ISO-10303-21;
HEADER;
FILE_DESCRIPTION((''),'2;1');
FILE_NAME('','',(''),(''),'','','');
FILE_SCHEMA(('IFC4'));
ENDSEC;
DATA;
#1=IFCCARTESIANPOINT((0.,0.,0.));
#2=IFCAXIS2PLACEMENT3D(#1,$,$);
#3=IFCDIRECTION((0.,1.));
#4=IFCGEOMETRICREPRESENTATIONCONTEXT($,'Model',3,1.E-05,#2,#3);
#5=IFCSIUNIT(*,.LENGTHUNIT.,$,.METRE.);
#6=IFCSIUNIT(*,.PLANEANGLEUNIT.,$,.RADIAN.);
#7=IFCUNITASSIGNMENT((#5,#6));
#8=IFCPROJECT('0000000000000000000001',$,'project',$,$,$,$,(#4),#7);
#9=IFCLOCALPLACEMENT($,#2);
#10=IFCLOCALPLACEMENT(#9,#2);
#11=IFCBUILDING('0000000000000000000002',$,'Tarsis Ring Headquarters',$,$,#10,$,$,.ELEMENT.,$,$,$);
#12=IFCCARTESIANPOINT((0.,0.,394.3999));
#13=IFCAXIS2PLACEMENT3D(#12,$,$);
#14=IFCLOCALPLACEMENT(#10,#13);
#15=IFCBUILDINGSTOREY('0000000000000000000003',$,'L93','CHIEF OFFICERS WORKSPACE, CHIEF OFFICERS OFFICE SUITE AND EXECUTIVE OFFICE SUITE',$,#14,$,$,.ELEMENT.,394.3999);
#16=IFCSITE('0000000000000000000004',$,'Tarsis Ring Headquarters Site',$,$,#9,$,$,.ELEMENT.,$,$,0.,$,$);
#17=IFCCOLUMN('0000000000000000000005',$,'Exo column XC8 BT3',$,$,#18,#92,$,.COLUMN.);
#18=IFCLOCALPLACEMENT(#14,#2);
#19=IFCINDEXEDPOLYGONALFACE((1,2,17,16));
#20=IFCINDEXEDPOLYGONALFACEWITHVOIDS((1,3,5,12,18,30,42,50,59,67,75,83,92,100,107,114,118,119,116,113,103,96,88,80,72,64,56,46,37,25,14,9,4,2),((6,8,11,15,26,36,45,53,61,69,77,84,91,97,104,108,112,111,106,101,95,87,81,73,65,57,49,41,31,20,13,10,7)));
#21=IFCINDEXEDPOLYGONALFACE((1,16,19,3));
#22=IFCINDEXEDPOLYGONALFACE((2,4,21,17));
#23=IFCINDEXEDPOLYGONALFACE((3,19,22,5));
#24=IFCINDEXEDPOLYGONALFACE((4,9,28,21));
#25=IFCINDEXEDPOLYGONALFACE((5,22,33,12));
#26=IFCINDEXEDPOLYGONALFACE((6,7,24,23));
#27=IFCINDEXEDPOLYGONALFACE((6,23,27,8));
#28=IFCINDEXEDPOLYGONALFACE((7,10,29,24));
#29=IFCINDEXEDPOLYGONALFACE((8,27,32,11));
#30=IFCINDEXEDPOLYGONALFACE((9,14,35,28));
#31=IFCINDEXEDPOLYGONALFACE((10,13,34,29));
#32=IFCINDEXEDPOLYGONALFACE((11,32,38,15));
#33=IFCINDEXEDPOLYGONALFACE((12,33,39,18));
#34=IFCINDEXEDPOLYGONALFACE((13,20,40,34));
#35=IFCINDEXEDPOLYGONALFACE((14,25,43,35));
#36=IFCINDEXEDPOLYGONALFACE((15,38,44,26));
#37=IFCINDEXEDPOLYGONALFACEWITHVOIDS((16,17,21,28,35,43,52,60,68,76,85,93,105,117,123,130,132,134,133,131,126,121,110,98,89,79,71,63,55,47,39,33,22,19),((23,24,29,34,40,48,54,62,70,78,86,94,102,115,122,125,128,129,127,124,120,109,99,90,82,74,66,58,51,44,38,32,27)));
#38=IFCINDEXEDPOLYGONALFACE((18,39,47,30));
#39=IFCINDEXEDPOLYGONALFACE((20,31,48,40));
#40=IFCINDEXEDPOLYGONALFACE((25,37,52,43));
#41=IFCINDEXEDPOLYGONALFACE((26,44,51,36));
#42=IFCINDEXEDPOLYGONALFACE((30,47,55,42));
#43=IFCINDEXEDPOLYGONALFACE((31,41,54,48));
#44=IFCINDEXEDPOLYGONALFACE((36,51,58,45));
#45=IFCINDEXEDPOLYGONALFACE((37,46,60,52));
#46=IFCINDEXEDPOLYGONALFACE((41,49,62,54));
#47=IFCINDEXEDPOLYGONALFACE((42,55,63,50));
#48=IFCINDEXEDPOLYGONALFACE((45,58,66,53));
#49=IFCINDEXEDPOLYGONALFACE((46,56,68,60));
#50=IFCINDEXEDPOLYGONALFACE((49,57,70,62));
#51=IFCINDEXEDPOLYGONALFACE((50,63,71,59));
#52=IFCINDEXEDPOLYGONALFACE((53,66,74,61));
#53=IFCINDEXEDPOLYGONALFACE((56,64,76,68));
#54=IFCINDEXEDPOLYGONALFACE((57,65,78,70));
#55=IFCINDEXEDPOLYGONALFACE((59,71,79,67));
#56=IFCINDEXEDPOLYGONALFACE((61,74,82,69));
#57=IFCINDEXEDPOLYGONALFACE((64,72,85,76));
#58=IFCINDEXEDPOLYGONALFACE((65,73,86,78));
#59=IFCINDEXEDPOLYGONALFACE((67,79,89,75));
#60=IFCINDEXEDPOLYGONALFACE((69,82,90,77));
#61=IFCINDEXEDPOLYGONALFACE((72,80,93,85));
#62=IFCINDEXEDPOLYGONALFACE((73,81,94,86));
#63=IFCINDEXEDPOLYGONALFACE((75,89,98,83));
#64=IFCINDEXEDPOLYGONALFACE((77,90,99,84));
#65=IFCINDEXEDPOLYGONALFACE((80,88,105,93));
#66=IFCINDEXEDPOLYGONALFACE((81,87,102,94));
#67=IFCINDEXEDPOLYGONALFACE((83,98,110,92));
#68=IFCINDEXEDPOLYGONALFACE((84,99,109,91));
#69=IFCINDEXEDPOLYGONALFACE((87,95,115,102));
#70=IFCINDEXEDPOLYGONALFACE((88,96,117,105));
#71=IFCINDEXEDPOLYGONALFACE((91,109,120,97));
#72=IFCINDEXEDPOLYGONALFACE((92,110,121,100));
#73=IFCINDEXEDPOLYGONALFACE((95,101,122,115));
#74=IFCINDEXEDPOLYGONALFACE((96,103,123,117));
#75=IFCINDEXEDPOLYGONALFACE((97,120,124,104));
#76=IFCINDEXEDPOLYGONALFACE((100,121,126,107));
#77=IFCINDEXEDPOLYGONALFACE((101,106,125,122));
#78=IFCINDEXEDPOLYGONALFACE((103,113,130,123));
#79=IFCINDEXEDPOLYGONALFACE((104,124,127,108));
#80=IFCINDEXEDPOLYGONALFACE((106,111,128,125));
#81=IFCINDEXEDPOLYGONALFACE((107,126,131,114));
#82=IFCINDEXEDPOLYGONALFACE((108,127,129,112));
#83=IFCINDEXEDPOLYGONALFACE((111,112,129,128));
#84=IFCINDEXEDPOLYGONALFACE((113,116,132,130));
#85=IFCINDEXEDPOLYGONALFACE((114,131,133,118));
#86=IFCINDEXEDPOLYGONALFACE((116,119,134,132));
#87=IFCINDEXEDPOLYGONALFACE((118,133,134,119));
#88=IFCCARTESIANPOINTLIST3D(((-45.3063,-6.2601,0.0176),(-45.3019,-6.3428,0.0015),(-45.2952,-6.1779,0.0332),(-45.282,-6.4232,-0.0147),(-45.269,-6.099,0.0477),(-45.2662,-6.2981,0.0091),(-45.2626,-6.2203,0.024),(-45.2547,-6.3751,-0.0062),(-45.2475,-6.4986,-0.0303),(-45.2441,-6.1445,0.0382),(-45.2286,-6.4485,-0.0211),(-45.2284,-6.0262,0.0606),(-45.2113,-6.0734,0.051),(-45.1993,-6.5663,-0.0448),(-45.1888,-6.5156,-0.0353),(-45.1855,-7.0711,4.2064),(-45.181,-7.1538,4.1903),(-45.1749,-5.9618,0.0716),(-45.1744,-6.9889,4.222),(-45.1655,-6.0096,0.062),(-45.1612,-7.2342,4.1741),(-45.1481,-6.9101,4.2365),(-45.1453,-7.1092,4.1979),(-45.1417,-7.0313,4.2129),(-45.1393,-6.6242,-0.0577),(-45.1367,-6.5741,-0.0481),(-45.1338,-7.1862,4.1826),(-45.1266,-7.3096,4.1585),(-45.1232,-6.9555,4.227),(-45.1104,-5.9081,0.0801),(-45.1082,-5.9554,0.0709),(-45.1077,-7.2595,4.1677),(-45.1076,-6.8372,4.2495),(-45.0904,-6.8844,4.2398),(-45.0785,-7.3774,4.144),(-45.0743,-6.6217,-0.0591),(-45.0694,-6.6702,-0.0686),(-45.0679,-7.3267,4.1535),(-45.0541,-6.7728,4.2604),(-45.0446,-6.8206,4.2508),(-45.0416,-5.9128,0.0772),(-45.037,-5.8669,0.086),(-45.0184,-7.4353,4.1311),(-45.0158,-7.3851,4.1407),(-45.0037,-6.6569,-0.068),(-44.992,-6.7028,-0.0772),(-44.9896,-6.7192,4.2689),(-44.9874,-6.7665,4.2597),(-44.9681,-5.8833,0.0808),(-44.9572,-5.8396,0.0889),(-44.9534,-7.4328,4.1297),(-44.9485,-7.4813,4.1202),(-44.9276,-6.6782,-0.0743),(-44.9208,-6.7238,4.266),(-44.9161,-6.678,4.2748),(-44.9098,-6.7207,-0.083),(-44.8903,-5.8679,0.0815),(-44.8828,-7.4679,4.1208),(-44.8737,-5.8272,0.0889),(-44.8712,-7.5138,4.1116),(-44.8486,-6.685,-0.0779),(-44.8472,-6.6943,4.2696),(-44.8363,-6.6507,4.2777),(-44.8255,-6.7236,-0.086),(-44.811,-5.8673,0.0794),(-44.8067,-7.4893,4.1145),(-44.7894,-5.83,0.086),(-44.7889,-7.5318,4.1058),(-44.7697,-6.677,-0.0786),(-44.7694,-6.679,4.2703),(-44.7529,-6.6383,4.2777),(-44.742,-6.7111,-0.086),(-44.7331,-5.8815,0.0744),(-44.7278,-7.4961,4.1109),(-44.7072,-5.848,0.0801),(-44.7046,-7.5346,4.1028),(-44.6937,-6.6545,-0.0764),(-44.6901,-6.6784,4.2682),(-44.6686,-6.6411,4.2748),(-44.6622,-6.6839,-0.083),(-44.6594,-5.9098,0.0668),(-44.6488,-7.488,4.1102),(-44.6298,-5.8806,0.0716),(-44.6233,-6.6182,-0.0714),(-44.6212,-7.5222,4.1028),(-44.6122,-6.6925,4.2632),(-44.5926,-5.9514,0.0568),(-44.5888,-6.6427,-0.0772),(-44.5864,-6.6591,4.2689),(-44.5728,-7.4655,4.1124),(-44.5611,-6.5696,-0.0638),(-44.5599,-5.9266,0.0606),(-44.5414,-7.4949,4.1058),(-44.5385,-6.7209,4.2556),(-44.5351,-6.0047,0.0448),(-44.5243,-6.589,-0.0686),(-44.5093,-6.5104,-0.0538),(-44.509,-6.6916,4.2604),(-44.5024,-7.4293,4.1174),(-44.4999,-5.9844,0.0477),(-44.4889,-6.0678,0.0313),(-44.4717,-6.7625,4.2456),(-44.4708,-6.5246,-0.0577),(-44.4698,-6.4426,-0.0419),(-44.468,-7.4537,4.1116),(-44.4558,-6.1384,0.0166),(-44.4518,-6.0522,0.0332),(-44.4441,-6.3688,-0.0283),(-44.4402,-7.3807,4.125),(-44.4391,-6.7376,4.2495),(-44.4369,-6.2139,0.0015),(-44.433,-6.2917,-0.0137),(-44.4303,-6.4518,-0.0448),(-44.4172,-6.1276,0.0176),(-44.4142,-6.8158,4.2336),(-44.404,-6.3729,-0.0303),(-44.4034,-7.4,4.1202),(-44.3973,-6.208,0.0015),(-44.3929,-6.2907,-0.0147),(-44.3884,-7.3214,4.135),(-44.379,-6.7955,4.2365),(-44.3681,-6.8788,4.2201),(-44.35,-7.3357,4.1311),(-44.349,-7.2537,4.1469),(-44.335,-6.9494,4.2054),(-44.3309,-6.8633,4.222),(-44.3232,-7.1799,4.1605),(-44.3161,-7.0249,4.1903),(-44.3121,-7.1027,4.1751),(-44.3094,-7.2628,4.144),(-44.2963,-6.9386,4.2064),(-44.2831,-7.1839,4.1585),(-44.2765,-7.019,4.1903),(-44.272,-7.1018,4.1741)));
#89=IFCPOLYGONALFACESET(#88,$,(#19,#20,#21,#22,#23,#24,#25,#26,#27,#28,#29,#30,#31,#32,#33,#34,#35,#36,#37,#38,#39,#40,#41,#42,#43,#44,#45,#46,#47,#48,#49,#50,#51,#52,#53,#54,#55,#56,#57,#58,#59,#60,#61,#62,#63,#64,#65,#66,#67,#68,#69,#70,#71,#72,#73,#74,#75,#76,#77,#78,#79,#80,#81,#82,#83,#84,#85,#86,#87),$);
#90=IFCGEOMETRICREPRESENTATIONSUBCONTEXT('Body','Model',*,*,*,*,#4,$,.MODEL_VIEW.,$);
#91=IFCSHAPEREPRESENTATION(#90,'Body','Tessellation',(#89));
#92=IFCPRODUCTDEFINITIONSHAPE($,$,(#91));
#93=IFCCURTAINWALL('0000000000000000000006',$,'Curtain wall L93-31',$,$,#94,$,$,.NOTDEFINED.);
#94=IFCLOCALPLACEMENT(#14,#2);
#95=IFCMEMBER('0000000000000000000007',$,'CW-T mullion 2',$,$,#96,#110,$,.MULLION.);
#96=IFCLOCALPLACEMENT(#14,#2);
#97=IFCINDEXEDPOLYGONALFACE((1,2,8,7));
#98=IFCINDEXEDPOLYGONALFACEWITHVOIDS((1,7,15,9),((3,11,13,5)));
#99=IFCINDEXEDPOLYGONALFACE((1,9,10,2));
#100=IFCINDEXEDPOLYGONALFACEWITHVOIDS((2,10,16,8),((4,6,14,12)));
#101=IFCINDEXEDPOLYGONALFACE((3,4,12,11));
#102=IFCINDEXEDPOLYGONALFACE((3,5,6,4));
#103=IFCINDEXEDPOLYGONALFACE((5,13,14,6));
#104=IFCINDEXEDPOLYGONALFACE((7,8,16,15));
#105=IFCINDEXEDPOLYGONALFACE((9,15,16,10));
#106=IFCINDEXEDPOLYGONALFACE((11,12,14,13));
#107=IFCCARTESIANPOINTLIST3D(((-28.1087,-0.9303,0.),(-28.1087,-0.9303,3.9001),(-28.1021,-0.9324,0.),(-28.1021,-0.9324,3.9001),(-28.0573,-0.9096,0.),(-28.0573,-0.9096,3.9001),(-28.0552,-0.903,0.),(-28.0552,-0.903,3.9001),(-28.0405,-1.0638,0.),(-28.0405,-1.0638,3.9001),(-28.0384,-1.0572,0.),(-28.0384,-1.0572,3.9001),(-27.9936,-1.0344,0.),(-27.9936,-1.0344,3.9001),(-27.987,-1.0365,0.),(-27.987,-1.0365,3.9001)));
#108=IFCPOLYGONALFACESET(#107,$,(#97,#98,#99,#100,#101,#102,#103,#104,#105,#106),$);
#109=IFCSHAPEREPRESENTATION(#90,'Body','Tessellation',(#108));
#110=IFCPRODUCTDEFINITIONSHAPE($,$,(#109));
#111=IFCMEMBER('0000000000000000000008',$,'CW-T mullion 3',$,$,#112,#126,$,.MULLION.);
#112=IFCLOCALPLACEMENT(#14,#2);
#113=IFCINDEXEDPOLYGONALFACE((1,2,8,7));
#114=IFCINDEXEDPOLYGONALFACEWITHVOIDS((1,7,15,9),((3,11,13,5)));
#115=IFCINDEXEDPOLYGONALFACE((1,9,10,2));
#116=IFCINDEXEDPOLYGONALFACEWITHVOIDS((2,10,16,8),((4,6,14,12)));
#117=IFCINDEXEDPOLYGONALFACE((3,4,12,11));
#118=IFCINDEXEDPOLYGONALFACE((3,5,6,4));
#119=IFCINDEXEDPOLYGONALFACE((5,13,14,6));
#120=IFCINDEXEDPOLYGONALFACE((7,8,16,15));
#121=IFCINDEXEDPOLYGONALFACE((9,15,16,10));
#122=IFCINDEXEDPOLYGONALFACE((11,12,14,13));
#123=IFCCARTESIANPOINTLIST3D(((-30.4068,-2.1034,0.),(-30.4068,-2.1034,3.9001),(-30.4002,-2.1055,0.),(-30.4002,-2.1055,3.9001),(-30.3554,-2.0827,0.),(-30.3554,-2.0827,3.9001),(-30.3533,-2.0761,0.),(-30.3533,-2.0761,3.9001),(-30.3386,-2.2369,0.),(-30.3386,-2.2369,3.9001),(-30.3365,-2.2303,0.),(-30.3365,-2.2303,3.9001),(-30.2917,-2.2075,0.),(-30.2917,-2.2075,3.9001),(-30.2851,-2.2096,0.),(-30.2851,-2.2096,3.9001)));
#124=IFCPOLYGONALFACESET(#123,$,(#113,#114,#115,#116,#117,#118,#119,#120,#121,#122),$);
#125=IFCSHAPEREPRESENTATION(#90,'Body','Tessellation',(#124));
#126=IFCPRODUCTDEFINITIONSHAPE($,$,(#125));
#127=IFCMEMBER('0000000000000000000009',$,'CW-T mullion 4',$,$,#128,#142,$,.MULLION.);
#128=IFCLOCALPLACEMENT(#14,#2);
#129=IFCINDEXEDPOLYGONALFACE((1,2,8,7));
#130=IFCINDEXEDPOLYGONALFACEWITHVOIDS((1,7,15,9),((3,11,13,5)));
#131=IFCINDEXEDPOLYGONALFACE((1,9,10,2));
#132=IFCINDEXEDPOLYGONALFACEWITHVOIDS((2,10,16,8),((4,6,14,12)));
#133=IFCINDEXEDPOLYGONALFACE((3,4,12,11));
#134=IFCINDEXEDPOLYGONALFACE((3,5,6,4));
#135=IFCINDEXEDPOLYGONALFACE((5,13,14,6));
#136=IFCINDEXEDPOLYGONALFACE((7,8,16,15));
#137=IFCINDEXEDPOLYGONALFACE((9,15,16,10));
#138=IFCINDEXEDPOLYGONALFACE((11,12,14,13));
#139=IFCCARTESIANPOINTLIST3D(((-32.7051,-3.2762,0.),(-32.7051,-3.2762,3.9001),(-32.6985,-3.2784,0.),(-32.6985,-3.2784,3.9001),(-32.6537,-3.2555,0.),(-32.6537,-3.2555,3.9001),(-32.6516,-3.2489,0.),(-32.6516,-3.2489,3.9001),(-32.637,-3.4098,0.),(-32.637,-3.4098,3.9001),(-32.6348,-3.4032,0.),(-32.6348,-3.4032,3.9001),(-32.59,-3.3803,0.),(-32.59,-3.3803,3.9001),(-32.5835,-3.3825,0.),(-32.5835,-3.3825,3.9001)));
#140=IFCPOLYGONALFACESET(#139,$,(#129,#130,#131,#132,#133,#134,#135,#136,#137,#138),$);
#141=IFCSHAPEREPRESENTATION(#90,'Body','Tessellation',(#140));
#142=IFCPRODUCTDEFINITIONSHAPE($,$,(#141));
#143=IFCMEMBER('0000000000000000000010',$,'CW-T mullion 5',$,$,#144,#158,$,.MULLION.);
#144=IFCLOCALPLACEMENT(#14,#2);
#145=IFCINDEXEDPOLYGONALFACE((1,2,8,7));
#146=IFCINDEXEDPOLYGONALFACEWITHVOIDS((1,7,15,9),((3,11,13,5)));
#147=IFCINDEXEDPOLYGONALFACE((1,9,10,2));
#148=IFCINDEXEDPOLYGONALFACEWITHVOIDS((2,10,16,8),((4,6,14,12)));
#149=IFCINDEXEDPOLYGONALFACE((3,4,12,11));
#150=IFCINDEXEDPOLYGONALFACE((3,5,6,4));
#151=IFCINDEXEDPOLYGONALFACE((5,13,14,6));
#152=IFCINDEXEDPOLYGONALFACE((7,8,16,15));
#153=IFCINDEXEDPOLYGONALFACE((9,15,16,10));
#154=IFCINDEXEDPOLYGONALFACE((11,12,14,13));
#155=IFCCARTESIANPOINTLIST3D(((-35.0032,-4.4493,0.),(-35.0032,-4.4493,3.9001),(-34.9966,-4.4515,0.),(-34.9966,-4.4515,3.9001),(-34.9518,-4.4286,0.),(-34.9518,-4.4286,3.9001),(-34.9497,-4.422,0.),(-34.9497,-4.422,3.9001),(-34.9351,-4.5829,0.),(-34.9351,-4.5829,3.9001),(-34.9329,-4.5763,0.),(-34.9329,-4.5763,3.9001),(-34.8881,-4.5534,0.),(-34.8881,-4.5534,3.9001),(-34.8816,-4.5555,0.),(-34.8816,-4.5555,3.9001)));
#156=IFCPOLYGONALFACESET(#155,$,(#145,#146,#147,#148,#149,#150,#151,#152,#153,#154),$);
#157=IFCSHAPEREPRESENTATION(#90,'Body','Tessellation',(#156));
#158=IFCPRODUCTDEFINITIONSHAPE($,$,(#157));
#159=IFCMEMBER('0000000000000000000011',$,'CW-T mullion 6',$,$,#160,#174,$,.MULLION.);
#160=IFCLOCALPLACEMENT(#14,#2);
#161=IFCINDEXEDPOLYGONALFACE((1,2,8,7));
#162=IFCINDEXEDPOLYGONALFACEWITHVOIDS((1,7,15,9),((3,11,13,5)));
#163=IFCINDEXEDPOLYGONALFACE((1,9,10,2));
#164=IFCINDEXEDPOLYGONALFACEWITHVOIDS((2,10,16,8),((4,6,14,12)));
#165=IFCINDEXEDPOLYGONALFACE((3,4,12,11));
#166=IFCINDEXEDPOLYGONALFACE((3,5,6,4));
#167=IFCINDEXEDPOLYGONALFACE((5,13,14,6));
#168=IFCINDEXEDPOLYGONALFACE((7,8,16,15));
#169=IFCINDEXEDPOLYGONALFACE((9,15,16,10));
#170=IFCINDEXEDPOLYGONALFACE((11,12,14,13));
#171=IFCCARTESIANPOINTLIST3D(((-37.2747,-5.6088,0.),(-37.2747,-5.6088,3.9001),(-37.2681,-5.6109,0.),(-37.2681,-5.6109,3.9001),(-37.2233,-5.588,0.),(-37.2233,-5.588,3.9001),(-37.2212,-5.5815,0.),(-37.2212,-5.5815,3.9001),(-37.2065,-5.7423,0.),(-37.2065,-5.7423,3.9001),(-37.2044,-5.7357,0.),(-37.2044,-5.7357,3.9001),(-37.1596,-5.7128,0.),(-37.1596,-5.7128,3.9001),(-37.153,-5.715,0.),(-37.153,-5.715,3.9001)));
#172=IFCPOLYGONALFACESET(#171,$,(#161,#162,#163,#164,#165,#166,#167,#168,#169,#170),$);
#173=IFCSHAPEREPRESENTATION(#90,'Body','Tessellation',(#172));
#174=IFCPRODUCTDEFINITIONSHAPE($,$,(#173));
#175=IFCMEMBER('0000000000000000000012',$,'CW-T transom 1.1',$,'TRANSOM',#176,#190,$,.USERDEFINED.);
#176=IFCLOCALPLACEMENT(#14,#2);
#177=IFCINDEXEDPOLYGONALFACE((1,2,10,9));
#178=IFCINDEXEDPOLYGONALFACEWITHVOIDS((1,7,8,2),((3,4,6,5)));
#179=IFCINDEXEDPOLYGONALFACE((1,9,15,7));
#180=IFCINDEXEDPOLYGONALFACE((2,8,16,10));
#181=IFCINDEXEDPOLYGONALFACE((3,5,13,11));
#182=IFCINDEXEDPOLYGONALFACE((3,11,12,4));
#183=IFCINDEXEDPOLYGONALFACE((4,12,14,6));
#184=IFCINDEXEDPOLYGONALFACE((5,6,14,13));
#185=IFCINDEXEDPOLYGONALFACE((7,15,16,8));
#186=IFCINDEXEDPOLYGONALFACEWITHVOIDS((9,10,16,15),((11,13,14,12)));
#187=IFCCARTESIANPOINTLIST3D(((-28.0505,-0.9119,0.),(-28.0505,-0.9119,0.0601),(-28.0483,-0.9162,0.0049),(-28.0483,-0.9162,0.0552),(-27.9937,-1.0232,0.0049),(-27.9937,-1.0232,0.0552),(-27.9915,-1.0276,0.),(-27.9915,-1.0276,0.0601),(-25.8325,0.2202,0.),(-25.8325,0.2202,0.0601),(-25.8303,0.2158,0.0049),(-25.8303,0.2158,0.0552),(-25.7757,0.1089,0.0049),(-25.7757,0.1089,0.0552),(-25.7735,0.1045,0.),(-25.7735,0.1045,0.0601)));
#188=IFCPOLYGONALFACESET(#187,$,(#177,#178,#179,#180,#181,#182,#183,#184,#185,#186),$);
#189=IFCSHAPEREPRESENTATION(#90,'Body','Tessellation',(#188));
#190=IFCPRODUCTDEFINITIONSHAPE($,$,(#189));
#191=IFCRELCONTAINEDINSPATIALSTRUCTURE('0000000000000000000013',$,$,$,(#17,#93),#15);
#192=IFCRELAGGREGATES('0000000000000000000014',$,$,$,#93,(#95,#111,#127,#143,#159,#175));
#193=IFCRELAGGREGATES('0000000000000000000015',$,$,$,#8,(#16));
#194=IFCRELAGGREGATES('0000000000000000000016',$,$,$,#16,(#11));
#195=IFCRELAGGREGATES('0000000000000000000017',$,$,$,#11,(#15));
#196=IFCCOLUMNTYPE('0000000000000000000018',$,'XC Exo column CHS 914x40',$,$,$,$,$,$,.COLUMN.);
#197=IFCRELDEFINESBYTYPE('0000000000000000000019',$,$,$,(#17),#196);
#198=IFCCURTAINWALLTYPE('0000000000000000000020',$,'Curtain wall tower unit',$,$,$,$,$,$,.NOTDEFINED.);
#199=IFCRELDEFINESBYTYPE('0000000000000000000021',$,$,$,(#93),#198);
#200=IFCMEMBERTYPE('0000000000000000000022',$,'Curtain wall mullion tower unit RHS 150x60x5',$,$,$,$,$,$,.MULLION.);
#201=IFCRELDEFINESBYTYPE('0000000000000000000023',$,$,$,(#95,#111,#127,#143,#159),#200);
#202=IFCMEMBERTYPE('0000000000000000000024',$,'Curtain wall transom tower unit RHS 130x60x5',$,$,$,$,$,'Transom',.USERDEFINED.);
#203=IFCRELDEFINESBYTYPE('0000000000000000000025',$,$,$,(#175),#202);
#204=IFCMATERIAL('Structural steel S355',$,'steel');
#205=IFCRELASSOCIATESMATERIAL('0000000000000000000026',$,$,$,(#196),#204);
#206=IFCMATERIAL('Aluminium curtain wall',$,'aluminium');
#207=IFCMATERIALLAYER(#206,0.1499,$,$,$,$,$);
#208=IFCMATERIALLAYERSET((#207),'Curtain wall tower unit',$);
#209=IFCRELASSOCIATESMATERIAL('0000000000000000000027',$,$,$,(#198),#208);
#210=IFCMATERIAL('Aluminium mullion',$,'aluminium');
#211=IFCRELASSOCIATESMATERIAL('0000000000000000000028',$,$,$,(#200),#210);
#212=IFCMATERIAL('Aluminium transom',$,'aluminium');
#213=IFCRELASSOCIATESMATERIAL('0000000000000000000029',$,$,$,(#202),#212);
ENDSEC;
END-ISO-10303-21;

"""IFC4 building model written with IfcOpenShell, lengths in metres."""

from ifc_helpers import new_model, si_unit, direction, frame, origin, origin_2d, place, context, subcontext, project, spatial, hollow_rectangle, hollow_circle, extrude, material, layer, layer_set, material_profile, profile_set, type_object, element, aggregate, save


model = new_model("IFC4")

# Units and contexts
model_context = context("Model", 3, precision=1e-05, world=origin(), true_north=direction((0.0, 1.0)))
body_context = subcontext(model_context, "Body", "Model", "MODEL_VIEW")
ifc_project = project(units=[si_unit("LENGTHUNIT", "METRE"), si_unit("PLANEANGLEUNIT", "RADIAN")], contexts=[model_context])

# Site, building, storey
site_placement = place(None, origin())
site = spatial("IfcSite", under=ifc_project, at=site_placement, Name="Tarsis Ring Headquarters Site", CompositionType="ELEMENT", RefElevation=0.0)
building_placement = place(site_placement, origin())
building = spatial("IfcBuilding", under=site, at=building_placement, Name="Tarsis Ring Headquarters", CompositionType="ELEMENT")
storey_placement = place(building_placement, frame((0.0, 0.0, 394.3999)))
storey = spatial("IfcBuildingStorey", under=building, at=storey_placement, Name="L93", Description="CHIEF OFFICERS WORKSPACE, CHIEF OFFICERS OFFICE SUITE AND EXECUTIVE OFFICE SUITE", CompositionType="ELEMENT", Elevation=394.3999)

# Column
ifc_material_1 = material(Name="Structural steel S355", Category="steel")
ifc_material_profile_1 = material_profile(ifc_material_1, hollow_circle(Radius=0.457, WallThickness=0.04, at=origin_2d()), Name="CHS 914x40")
ifc_profile_set_1 = profile_set([ifc_material_profile_1], Name="Structural steel S355")
column_type = type_object("IfcColumnType", Name="XC Exo column CHS 914x40", PredefinedType="COLUMN", material=ifc_profile_set_1)
column_1_placement = place(storey_placement, frame((-44.8496, -6.2754, 0.0015), z_axis=(0.028314, -0.190017, 0.981372), x_axis=(0.98908, 0.147379, 0.0)))
element("IfcColumn", 1, at=column_1_placement, inside=storey, type_object=column_type, Name="Exo column XC8 BT3", PredefinedType="COLUMN", context=body_context, shape_type="SweptSolid", body=[
    extrude(hollow_circle(Radius=0.4573, WallThickness=0.04, at=origin_2d()), origin(), (0.0, 0.0, 1.0), 4.2683),
])

# Curtain wall, members
ifc_material_2 = material(Name="Aluminium curtain wall", Category="aluminium")
ifc_layer_1 = layer(ifc_material_2, 0.1499)
ifc_layer_set_1 = layer_set([ifc_layer_1], Name="Curtain wall tower unit")
curtain_wall_type = type_object("IfcCurtainWallType", Name="Curtain wall tower unit", PredefinedType="NOTDEFINED", material=ifc_layer_set_1)
curtain_wall_placement = place(storey_placement, origin())
curtain_wall = element("IfcCurtainWall", 2, at=curtain_wall_placement, inside=storey, type_object=curtain_wall_type, Name="Curtain wall L93-31", PredefinedType="NOTDEFINED")
ifc_material_3 = material(Name="Aluminium mullion", Category="aluminium")
ifc_material_profile_2 = material_profile(ifc_material_3, hollow_rectangle(XDim=0.1499, YDim=0.0601, WallThickness=0.0049, at=origin_2d()), Name="RHS 150x60x5")
ifc_profile_set_2 = profile_set([ifc_material_profile_2], Name="Aluminium mullion")
member_type_1 = type_object("IfcMemberType", Name="Curtain wall mullion tower unit RHS 150x60x5", PredefinedType="MULLION", material=ifc_profile_set_2)
member_1_placement = place(storey_placement, frame((-28.0479, -0.9834, 0.0), z_axis=(0.0, 0.0, 1.0), x_axis=(0.454612, -0.890689, 0.0)))
member_1 = element("IfcMember", 3, at=member_1_placement, type_object=member_type_1, Name="CW-T mullion 2", PredefinedType="MULLION", context=body_context, shape_type="SweptSolid", body=[
    extrude(hollow_rectangle(XDim=0.1499, YDim=0.0601, WallThickness=0.0049, at=origin_2d()), origin(), (0.0, 0.0, 1.0), 3.9001),
])
member_2_placement = place(storey_placement, frame((-30.3459, -2.1565, 0.0), z_axis=(0.0, 0.0, 1.0), x_axis=(0.454612, -0.890689, 0.0)))
member_2 = element("IfcMember", 4, at=member_2_placement, type_object=member_type_1, Name="CW-T mullion 3", PredefinedType="MULLION", context=body_context, shape_type="SweptSolid", body=[
    extrude(hollow_rectangle(XDim=0.1499, YDim=0.0601, WallThickness=0.0049, at=origin_2d()), origin(), (0.0, 0.0, 1.0), 3.9001),
])
member_3_placement = place(storey_placement, frame((-32.6443, -3.3293, 0.0), z_axis=(0.0, 0.0, 1.0), x_axis=(0.454612, -0.890689, 0.0)))
member_3 = element("IfcMember", 5, at=member_3_placement, type_object=member_type_1, Name="CW-T mullion 4", PredefinedType="MULLION", context=body_context, shape_type="SweptSolid", body=[
    extrude(hollow_rectangle(XDim=0.1499, YDim=0.0601, WallThickness=0.0049, at=origin_2d()), origin(), (0.0, 0.0, 1.0), 3.9001),
])
member_4_placement = place(storey_placement, frame((-34.9424, -4.5024, 0.0), z_axis=(0.0, 0.0, 1.0), x_axis=(0.454612, -0.890689, 0.0)))
member_4 = element("IfcMember", 6, at=member_4_placement, type_object=member_type_1, Name="CW-T mullion 5", PredefinedType="MULLION", context=body_context, shape_type="SweptSolid", body=[
    extrude(hollow_rectangle(XDim=0.1499, YDim=0.0601, WallThickness=0.0049, at=origin_2d()), origin(), (0.0, 0.0, 1.0), 3.9001),
])
member_5_placement = place(storey_placement, frame((-37.2139, -5.6619, 0.0), z_axis=(0.0, 0.0, 1.0), x_axis=(0.454612, -0.890689, 0.0)))
member_5 = element("IfcMember", 7, at=member_5_placement, type_object=member_type_1, Name="CW-T mullion 6", PredefinedType="MULLION", context=body_context, shape_type="SweptSolid", body=[
    extrude(hollow_rectangle(XDim=0.1499, YDim=0.0601, WallThickness=0.0049, at=origin_2d()), origin(), (0.0, 0.0, 1.0), 3.9001),
])
ifc_material_4 = material(Name="Aluminium transom", Category="aluminium")
ifc_material_profile_3 = material_profile(ifc_material_4, hollow_rectangle(XDim=0.1299, YDim=0.0601, WallThickness=0.0049, at=origin_2d()), Name="RHS 130x60x5")
ifc_profile_set_3 = profile_set([ifc_material_profile_3], Name="Aluminium transom")
member_type_2 = type_object("IfcMemberType", Name="Curtain wall transom tower unit RHS 130x60x5", ElementType="Transom", PredefinedType="USERDEFINED", material=ifc_profile_set_3)
member_6_placement = place(storey_placement, frame((-25.803, 0.1624, 0.03), z_axis=(-0.890691, -0.45461, 0.0), x_axis=(0.45461, -0.890691, 0.0)))
member_6 = element("IfcMember", 8, at=member_6_placement, type_object=member_type_2, Name="CW-T transom 1.1", ObjectType="TRANSOM", PredefinedType="USERDEFINED", context=body_context, shape_type="SweptSolid", body=[
    extrude(hollow_rectangle(XDim=0.1299, YDim=0.0601, WallThickness=0.0049, at=origin_2d()), origin(), (0.0, 0.0, 1.0), 2.4902),
])

aggregate(curtain_wall, [member_1, member_2, member_3, member_4, member_5, member_6])

save(model, "model.ifc")
